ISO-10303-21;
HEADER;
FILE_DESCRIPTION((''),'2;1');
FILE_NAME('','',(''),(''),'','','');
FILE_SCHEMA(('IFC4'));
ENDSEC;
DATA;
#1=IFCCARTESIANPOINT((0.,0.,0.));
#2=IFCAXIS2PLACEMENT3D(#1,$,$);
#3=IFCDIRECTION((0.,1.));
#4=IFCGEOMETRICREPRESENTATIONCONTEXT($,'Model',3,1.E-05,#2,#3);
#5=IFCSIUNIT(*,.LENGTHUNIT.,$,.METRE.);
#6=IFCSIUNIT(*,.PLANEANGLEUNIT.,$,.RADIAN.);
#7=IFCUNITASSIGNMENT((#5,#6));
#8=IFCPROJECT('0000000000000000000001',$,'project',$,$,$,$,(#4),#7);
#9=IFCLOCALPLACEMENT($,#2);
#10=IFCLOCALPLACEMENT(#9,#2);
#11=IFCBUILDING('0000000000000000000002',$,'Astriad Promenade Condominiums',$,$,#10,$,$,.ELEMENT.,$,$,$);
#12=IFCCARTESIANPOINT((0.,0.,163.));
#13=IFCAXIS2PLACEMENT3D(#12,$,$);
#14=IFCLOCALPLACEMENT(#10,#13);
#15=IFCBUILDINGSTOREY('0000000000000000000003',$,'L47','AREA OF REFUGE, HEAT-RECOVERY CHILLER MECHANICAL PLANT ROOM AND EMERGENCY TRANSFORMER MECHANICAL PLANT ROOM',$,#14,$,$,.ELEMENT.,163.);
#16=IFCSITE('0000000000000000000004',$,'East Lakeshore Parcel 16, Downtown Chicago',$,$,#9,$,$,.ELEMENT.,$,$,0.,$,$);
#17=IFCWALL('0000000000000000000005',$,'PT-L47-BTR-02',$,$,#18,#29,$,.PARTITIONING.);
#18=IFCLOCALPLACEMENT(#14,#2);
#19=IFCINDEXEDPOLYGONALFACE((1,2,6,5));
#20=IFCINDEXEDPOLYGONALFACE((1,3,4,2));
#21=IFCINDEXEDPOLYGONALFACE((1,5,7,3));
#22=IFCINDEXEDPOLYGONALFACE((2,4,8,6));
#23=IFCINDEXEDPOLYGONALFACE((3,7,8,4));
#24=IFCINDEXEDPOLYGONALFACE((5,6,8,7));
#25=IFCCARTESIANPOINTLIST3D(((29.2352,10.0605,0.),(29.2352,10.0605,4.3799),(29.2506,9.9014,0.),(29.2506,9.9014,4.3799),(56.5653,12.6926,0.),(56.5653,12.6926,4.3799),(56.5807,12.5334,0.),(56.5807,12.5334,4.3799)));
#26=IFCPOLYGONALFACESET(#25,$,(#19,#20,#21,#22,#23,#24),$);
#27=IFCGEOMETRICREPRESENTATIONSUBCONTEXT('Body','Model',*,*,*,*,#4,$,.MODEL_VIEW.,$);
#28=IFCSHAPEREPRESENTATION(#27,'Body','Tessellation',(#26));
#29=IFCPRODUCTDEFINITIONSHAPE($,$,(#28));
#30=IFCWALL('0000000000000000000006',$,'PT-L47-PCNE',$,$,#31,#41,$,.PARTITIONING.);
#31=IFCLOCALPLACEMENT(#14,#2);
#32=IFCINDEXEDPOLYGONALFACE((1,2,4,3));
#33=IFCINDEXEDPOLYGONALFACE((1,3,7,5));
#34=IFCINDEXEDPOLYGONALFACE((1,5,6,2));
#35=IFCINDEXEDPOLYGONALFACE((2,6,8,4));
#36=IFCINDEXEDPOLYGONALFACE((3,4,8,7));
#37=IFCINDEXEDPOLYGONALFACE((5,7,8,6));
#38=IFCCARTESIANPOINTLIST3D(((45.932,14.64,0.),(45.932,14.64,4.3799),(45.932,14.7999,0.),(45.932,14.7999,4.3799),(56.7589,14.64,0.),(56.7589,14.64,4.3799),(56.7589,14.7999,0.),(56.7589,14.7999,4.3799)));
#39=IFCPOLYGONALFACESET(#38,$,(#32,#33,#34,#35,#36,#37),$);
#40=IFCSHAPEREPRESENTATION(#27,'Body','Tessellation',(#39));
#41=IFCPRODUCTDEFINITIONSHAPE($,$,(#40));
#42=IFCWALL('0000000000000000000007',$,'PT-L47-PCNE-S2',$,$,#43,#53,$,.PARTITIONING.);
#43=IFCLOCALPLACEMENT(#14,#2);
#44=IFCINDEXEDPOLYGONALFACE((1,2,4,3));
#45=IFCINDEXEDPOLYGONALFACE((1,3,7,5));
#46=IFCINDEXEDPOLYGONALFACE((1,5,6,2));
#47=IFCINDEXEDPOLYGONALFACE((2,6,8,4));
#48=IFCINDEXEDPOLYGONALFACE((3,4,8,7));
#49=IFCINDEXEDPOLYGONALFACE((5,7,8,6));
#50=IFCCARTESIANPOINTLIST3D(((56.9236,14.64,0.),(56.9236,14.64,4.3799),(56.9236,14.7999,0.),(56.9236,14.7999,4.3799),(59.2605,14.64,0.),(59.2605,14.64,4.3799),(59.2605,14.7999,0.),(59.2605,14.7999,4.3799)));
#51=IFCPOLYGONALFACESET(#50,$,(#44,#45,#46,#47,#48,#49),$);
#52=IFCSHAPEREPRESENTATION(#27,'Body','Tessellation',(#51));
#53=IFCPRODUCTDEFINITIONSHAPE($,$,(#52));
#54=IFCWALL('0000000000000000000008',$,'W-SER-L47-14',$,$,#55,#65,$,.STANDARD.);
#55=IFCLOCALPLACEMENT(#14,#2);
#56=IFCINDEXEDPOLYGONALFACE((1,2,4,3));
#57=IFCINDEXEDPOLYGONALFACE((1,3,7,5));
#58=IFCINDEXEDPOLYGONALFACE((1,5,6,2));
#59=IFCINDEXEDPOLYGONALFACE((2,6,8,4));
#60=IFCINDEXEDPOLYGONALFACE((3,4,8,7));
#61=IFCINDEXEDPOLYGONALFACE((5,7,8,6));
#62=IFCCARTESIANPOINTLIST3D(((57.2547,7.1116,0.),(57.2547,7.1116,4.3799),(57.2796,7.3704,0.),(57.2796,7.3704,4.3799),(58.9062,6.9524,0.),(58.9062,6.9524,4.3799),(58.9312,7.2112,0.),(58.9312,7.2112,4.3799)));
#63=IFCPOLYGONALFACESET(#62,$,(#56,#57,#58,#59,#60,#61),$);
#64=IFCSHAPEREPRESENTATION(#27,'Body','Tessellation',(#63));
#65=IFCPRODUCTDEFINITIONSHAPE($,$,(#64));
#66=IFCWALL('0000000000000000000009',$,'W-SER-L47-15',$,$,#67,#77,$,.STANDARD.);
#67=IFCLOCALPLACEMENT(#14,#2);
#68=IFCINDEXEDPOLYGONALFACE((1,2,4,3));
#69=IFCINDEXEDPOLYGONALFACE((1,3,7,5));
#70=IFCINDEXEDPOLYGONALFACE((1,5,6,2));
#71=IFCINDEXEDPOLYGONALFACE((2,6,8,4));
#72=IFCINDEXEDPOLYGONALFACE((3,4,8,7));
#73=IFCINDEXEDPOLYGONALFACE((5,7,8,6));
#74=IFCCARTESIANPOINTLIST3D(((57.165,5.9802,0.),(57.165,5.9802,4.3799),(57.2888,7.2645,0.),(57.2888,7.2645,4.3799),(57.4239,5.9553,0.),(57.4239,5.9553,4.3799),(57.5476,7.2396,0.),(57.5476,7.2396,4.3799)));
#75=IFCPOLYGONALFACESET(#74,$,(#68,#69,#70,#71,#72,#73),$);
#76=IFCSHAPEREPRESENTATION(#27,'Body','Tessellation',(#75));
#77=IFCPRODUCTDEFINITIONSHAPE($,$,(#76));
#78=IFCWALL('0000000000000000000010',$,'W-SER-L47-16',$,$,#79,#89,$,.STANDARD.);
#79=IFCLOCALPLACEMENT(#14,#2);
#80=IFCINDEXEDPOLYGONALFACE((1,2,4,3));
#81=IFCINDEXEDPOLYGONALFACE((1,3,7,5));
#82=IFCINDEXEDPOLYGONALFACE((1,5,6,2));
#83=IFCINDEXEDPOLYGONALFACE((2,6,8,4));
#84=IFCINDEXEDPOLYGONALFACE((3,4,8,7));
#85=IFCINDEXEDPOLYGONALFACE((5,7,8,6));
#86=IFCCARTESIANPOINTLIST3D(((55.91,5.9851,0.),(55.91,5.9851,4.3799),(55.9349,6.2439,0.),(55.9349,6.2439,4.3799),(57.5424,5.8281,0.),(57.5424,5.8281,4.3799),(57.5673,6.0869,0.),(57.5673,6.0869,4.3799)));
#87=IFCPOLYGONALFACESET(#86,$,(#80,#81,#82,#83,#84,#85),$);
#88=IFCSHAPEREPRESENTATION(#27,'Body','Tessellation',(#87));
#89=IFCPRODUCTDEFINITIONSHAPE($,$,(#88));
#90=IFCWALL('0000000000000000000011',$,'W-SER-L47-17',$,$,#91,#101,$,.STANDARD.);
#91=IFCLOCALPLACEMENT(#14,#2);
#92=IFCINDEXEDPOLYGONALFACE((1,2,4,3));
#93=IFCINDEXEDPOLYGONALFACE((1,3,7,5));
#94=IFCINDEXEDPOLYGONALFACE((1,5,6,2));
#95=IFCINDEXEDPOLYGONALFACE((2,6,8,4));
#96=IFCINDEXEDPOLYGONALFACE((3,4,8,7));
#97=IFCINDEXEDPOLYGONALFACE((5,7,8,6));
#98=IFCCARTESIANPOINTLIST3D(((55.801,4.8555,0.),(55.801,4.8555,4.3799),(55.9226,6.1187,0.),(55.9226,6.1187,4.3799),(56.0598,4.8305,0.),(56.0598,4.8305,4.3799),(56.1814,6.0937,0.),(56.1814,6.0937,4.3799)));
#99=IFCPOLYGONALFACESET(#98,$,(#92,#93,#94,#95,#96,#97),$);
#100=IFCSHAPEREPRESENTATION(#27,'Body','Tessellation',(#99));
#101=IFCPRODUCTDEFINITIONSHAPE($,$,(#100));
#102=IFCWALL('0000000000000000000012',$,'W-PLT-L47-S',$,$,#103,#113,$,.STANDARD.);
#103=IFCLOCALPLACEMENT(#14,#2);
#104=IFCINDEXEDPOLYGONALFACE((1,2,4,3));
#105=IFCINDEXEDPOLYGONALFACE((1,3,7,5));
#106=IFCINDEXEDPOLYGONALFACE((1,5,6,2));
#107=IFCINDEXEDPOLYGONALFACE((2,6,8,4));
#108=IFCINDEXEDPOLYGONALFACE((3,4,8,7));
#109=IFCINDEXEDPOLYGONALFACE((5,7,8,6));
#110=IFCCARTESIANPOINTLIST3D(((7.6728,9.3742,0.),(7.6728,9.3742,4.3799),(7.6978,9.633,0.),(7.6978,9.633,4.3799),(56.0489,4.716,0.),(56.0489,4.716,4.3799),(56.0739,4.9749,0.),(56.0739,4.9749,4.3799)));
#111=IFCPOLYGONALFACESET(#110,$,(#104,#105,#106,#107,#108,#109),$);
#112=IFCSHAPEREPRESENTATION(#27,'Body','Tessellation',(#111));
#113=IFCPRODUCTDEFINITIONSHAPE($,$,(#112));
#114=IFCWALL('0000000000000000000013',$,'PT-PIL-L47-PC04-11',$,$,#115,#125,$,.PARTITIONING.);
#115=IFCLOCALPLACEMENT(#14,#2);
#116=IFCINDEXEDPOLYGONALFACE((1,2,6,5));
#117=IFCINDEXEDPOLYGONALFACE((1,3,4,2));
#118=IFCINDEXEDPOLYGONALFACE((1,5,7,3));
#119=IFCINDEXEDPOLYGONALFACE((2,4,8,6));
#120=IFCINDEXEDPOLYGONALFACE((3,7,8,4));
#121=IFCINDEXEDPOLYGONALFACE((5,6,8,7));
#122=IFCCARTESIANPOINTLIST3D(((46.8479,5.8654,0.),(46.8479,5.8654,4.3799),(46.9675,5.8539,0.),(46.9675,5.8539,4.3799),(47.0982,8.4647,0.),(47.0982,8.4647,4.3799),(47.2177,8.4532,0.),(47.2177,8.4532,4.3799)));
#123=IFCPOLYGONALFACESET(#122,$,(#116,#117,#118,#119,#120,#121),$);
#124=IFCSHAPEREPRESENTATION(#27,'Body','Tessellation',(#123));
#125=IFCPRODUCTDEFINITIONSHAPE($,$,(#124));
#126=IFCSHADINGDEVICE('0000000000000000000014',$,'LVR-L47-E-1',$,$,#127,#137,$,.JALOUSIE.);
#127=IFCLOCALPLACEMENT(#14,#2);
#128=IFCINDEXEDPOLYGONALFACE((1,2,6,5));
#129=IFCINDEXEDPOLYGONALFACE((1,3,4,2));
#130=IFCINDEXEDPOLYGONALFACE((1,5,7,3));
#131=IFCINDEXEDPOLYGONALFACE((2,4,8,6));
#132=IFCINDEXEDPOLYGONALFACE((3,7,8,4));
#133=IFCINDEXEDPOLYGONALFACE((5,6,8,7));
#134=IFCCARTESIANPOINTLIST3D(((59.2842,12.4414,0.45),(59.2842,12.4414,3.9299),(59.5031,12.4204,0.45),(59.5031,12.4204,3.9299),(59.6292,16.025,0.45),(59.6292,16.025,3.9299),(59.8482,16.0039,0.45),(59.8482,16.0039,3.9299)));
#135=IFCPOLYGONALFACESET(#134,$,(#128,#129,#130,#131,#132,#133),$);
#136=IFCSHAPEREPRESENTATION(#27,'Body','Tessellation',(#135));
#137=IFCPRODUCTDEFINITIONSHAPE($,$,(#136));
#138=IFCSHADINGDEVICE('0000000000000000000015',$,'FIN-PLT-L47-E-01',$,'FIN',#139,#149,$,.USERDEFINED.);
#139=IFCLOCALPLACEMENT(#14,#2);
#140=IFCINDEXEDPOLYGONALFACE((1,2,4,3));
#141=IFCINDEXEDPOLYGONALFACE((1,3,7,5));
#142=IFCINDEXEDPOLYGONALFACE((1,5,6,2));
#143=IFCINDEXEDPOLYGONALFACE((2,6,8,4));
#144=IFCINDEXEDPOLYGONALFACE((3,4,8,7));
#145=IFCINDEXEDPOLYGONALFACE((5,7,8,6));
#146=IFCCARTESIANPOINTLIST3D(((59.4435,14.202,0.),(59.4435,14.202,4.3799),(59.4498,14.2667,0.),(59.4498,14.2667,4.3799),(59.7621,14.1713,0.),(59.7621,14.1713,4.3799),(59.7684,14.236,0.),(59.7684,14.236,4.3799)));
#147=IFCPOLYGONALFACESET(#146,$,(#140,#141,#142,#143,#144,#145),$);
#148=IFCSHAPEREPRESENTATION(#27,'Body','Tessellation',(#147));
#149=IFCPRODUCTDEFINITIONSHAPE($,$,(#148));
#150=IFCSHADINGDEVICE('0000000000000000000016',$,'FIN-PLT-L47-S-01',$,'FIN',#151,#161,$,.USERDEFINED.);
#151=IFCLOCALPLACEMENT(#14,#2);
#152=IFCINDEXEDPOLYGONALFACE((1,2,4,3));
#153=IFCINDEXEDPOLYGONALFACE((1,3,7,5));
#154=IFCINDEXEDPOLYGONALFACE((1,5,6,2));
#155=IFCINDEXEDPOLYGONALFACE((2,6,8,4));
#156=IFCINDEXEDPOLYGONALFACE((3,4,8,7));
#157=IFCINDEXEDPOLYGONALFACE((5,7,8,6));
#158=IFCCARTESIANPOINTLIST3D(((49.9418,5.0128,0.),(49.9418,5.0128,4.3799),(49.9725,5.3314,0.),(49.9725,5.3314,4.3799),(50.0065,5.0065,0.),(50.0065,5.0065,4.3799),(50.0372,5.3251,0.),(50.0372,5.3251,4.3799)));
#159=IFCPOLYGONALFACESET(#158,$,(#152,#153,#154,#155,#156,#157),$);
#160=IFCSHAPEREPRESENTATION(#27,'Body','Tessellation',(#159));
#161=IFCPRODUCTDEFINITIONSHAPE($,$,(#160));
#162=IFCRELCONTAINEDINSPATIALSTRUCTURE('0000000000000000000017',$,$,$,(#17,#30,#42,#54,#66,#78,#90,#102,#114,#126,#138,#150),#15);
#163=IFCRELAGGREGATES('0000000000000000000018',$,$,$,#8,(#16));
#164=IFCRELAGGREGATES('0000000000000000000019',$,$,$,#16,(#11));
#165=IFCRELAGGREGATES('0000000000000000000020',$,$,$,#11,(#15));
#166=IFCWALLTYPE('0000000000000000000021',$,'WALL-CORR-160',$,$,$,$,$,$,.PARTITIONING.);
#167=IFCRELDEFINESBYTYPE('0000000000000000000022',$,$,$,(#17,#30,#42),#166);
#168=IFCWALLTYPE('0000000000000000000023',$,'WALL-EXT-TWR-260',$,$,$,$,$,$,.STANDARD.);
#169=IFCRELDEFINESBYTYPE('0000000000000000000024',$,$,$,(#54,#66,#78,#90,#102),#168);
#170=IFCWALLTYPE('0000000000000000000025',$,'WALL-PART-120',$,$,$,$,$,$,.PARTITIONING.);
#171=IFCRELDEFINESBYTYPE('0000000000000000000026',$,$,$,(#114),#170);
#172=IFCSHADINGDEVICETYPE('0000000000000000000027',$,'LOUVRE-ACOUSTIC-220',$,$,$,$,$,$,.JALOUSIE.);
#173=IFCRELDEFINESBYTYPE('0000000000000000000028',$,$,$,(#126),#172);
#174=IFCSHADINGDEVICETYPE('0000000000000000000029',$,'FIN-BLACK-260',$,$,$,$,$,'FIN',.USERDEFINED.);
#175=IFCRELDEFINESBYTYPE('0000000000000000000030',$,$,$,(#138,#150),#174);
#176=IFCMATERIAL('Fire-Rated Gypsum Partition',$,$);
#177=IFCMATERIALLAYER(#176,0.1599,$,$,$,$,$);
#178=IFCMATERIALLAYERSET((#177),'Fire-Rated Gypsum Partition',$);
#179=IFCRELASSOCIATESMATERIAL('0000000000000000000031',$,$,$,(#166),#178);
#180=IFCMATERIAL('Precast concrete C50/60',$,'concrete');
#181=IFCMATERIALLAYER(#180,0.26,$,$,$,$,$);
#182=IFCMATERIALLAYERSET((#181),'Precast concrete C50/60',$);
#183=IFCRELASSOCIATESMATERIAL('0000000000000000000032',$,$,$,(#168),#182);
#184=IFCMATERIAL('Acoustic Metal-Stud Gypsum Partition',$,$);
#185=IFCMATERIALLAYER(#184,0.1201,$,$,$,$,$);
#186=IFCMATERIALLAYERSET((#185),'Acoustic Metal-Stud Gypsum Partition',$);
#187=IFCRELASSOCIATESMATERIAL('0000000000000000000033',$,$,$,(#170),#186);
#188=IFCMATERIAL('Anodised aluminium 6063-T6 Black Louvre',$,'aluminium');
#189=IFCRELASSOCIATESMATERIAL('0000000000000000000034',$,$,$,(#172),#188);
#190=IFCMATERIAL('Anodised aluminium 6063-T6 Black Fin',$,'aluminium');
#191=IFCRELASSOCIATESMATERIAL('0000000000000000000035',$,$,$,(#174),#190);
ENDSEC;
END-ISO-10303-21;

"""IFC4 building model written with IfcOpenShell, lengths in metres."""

from ifc_helpers import new_model, si_unit, direction, frame, frame_2d, origin, origin_2d, place, context, subcontext, project, spatial, rectangle, extrude, source, transform, mapped, material, layer, layer_set, type_object, type_shapes, element, save


model = new_model("IFC4")

# Units and contexts
model_context = context("Model", 3, precision=1e-05, world=origin(), true_north=direction((0.0, 1.0)))
body_context = subcontext(model_context, "Body", "Model", "MODEL_VIEW")
ifc_project = project(units=[si_unit("LENGTHUNIT", "METRE"), si_unit("PLANEANGLEUNIT", "RADIAN")], contexts=[model_context])

# Site, building, storey
site_placement = place(None, origin())
site = spatial("IfcSite", under=ifc_project, at=site_placement, Name="East Lakeshore Parcel 16, Downtown Chicago", CompositionType="ELEMENT", RefElevation=0.0)
building_placement = place(site_placement, origin())
building = spatial("IfcBuilding", under=site, at=building_placement, Name="Astriad Promenade Condominiums", CompositionType="ELEMENT")
storey_placement = place(building_placement, frame((0.0, 0.0, 163.0)))
storey = spatial("IfcBuildingStorey", under=building, at=storey_placement, Name="L47", Description="AREA OF REFUGE, HEAT-RECOVERY CHILLER MECHANICAL PLANT ROOM AND EMERGENCY TRANSFORMER MECHANICAL PLANT ROOM", CompositionType="ELEMENT", Elevation=163.0)

# Walls
ifc_material_1 = material(Name="Fire-Rated Gypsum Partition")
ifc_layer_1 = layer(ifc_material_1, 0.1599)
ifc_layer_set_1 = layer_set([ifc_layer_1], Name="Fire-Rated Gypsum Partition")
wall_type_1 = type_object("IfcWallType", Name="WALL-CORR-160", PredefinedType="PARTITIONING", material=ifc_layer_set_1)
wall_1_placement = place(storey_placement, frame((56.573, 12.613, 0.0), z_axis=(0.0, 0.0, 1.0), x_axis=(-0.995394, -0.095864, 0.0)))
element("IfcWall", 1, at=wall_1_placement, inside=storey, type_object=wall_type_1, Name="PT-L47-BTR-02", PredefinedType="PARTITIONING", context=body_context, shape_type="SweptSolid", body=[
    extrude(rectangle(XDim=27.4565, YDim=0.1599, at=frame_2d((13.7283, 0.0))), origin(), (0.0, 0.0, 1.0), 4.3799),
])
wall_2_placement = place(storey_placement, frame((45.9319, 14.72, 0.0), z_axis=(0.0, 0.0, 1.0), x_axis=(1.0, 0.0, 0.0)))
element("IfcWall", 2, at=wall_2_placement, inside=storey, type_object=wall_type_1, Name="PT-L47-PCNE", PredefinedType="PARTITIONING", context=body_context, shape_type="SweptSolid", body=[
    extrude(rectangle(XDim=10.8269, YDim=0.1599, at=frame_2d((5.4136, 0.0))), origin(), (0.0, 0.0, 1.0), 4.3799),
])
wall_3_placement = place(storey_placement, frame((56.9236, 14.72, 0.0), z_axis=(0.0, 0.0, 1.0), x_axis=(1.0, 0.0, 0.0)))
element("IfcWall", 3, at=wall_3_placement, inside=storey, type_object=wall_type_1, Name="PT-L47-PCNE-S2", PredefinedType="PARTITIONING", context=body_context, shape_type="SweptSolid", body=[
    extrude(rectangle(XDim=2.3369, YDim=0.1599, at=frame_2d((1.1685, 0.0))), origin(), (0.0, 0.0, 1.0), 4.3799),
])
ifc_material_2 = material(Name="Precast concrete C50/60", Category="concrete")
ifc_layer_2 = layer(ifc_material_2, 0.26)
ifc_layer_set_2 = layer_set([ifc_layer_2], Name="Precast concrete C50/60")
wall_type_2 = type_object("IfcWallType", Name="WALL-EXT-TWR-260", PredefinedType="STANDARD", material=ifc_layer_set_2)
wall_4_placement = place(storey_placement, frame((58.9187, 7.0818, 0.0), z_axis=(0.0, 0.0, 1.0), x_axis=(-0.995388, 0.095934, 0.0)))
element("IfcWall", 4, at=wall_4_placement, inside=storey, type_object=wall_type_2, Name="W-SER-L47-14", PredefinedType="STANDARD", context=body_context, shape_type="SweptSolid", body=[
    extrude(rectangle(XDim=1.6592, YDim=0.26, at=frame_2d((0.8296, 0.0))), origin(), (0.0, 0.0, 1.0), 4.3799),
])
wall_5_placement = place(storey_placement, frame((57.4182, 7.252, 0.0), z_axis=(0.0, 0.0, 1.0), x_axis=(-0.095925, -0.995389, 0.0)))
element("IfcWall", 5, at=wall_5_placement, inside=storey, type_object=wall_type_2, Name="W-SER-L47-15", PredefinedType="STANDARD", context=body_context, shape_type="SweptSolid", body=[
    extrude(rectangle(XDim=1.2903, YDim=0.26, at=frame_2d((0.645, 0.0))), origin(), (0.0, 0.0, 1.0), 4.3799),
])
wall_6_placement = place(storey_placement, frame((57.5547, 5.9575, 0.0), z_axis=(0.0, 0.0, 1.0), x_axis=(-0.995407, 0.095729, 0.0)))
element("IfcWall", 6, at=wall_6_placement, inside=storey, type_object=wall_type_2, Name="W-SER-L47-16", PredefinedType="STANDARD", context=body_context, shape_type="SweptSolid", body=[
    extrude(rectangle(XDim=1.6399, YDim=0.26, at=frame_2d((0.8198, 0.0))), origin(), (0.0, 0.0, 1.0), 4.3799),
])
wall_7_placement = place(storey_placement, frame((56.052, 6.1062, 0.0), z_axis=(0.0, 0.0, 1.0), x_axis=(-0.095808, -0.9954, 0.0)))
element("IfcWall", 7, at=wall_7_placement, inside=storey, type_object=wall_type_2, Name="W-SER-L47-17", PredefinedType="STANDARD", context=body_context, shape_type="SweptSolid", body=[
    extrude(rectangle(XDim=1.269, YDim=0.26, at=frame_2d((0.6345, 0.0))), origin(), (0.0, 0.0, 1.0), 4.3799),
])
wall_8_placement = place(storey_placement, frame((56.0613, 4.8455, 0.0), z_axis=(0.0, 0.0, 1.0), x_axis=(-0.995396, 0.095848, 0.0)))
element("IfcWall", 8, at=wall_8_placement, inside=storey, type_object=wall_type_2, Name="W-PLT-L47-S", PredefinedType="STANDARD", context=body_context, shape_type="SweptSolid", body=[
    extrude(rectangle(XDim=48.5999, YDim=0.26, at=frame_2d((24.2998, 0.0))), origin(), (0.0, 0.0, 1.0), 4.3799),
])
ifc_material_3 = material(Name="Acoustic Metal-Stud Gypsum Partition")
ifc_layer_3 = layer(ifc_material_3, 0.1201)
ifc_layer_set_3 = layer_set([ifc_layer_3], Name="Acoustic Metal-Stud Gypsum Partition")
wall_type_3 = type_object("IfcWallType", Name="WALL-PART-120", PredefinedType="PARTITIONING", material=ifc_layer_set_3)
wall_9_placement = place(storey_placement, frame((47.158, 8.459, 0.0), z_axis=(0.0, 0.0, 1.0), x_axis=(-0.095828, -0.995398, 0.0)))
element("IfcWall", 9, at=wall_9_placement, inside=storey, type_object=wall_type_3, Name="PT-PIL-L47-PC04-11", PredefinedType="PARTITIONING", context=body_context, shape_type="SweptSolid", body=[
    extrude(rectangle(XDim=2.6113, YDim=0.1201, at=frame_2d((1.3057, 0.0))), origin(), (0.0, 0.0, 1.0), 4.3799),
])

# Shading devices
ifc_material_4 = material(Name="Anodised aluminium 6063-T6 Black Louvre", Category="aluminium")
shading_device_type_1 = type_object("IfcShadingDeviceType", Name="LOUVRE-ACOUSTIC-220", PredefinedType="JALOUSIE", material=ifc_material_4)
shared_shape_1 = source(origin(), body_context, "Body", "SweptSolid", [
    extrude(rectangle(XDim=3.6001, YDim=0.22, at=origin_2d()), origin(), (0.0, 0.0, 1.0), 3.48),
])
type_shapes(shading_device_type_1, [shared_shape_1])
shading_device_placement = place(storey_placement, frame((59.5662, 14.2227, 0.45), z_axis=(0.0, 0.0, 1.0), x_axis=(-0.095846, -0.995396, 0.0)))
element("IfcShadingDevice", 10, at=shading_device_placement, inside=storey, type_object=shading_device_type_1, Name="LVR-L47-E-1", PredefinedType="JALOUSIE", context=body_context, shape_type="MappedRepresentation", body=[
    mapped(shared_shape_1, transform((0.0, 0.0, 0.0), scale=1.0)),
])
ifc_material_5 = material(Name="Anodised aluminium 6063-T6 Black Fin", Category="aluminium")
shading_device_type_2 = type_object("IfcShadingDeviceType", Name="FIN-BLACK-260", ElementType="FIN", PredefinedType="USERDEFINED", material=ifc_material_5)
shared_shape_2 = source(origin(), body_context, "Body", "SweptSolid", [
    extrude(rectangle(XDim=0.0649, YDim=0.3201, at=origin_2d()), origin(), (0.0, 0.0, 1.0), 4.3799),
])
type_shapes(shading_device_type_2, [shared_shape_2])
for number, where, z_axis, x_axis, name in (
    (11, (59.606, 14.219, 0.0), (0.0, 0.0, 1.0), (-0.095846, -0.995396, 0.0), "FIN-PLT-L47-E-01"),
    (12, (49.9895, 5.1689, 0.0), (0.0, 0.0, 1.0), (-0.995396, 0.095846, 0.0), "FIN-PLT-L47-S-01"),
):
    element("IfcShadingDevice", number, at=place(storey_placement, frame(where, z_axis=z_axis, x_axis=x_axis)), inside=storey, type_object=shading_device_type_2, Name=name, ObjectType="FIN", PredefinedType="USERDEFINED", context=body_context, shape_type="MappedRepresentation", body=[
        mapped(shared_shape_2, transform((0.0, 0.0, 0.0), scale=1.0)),
    ])

save(model, "model.ifc")
